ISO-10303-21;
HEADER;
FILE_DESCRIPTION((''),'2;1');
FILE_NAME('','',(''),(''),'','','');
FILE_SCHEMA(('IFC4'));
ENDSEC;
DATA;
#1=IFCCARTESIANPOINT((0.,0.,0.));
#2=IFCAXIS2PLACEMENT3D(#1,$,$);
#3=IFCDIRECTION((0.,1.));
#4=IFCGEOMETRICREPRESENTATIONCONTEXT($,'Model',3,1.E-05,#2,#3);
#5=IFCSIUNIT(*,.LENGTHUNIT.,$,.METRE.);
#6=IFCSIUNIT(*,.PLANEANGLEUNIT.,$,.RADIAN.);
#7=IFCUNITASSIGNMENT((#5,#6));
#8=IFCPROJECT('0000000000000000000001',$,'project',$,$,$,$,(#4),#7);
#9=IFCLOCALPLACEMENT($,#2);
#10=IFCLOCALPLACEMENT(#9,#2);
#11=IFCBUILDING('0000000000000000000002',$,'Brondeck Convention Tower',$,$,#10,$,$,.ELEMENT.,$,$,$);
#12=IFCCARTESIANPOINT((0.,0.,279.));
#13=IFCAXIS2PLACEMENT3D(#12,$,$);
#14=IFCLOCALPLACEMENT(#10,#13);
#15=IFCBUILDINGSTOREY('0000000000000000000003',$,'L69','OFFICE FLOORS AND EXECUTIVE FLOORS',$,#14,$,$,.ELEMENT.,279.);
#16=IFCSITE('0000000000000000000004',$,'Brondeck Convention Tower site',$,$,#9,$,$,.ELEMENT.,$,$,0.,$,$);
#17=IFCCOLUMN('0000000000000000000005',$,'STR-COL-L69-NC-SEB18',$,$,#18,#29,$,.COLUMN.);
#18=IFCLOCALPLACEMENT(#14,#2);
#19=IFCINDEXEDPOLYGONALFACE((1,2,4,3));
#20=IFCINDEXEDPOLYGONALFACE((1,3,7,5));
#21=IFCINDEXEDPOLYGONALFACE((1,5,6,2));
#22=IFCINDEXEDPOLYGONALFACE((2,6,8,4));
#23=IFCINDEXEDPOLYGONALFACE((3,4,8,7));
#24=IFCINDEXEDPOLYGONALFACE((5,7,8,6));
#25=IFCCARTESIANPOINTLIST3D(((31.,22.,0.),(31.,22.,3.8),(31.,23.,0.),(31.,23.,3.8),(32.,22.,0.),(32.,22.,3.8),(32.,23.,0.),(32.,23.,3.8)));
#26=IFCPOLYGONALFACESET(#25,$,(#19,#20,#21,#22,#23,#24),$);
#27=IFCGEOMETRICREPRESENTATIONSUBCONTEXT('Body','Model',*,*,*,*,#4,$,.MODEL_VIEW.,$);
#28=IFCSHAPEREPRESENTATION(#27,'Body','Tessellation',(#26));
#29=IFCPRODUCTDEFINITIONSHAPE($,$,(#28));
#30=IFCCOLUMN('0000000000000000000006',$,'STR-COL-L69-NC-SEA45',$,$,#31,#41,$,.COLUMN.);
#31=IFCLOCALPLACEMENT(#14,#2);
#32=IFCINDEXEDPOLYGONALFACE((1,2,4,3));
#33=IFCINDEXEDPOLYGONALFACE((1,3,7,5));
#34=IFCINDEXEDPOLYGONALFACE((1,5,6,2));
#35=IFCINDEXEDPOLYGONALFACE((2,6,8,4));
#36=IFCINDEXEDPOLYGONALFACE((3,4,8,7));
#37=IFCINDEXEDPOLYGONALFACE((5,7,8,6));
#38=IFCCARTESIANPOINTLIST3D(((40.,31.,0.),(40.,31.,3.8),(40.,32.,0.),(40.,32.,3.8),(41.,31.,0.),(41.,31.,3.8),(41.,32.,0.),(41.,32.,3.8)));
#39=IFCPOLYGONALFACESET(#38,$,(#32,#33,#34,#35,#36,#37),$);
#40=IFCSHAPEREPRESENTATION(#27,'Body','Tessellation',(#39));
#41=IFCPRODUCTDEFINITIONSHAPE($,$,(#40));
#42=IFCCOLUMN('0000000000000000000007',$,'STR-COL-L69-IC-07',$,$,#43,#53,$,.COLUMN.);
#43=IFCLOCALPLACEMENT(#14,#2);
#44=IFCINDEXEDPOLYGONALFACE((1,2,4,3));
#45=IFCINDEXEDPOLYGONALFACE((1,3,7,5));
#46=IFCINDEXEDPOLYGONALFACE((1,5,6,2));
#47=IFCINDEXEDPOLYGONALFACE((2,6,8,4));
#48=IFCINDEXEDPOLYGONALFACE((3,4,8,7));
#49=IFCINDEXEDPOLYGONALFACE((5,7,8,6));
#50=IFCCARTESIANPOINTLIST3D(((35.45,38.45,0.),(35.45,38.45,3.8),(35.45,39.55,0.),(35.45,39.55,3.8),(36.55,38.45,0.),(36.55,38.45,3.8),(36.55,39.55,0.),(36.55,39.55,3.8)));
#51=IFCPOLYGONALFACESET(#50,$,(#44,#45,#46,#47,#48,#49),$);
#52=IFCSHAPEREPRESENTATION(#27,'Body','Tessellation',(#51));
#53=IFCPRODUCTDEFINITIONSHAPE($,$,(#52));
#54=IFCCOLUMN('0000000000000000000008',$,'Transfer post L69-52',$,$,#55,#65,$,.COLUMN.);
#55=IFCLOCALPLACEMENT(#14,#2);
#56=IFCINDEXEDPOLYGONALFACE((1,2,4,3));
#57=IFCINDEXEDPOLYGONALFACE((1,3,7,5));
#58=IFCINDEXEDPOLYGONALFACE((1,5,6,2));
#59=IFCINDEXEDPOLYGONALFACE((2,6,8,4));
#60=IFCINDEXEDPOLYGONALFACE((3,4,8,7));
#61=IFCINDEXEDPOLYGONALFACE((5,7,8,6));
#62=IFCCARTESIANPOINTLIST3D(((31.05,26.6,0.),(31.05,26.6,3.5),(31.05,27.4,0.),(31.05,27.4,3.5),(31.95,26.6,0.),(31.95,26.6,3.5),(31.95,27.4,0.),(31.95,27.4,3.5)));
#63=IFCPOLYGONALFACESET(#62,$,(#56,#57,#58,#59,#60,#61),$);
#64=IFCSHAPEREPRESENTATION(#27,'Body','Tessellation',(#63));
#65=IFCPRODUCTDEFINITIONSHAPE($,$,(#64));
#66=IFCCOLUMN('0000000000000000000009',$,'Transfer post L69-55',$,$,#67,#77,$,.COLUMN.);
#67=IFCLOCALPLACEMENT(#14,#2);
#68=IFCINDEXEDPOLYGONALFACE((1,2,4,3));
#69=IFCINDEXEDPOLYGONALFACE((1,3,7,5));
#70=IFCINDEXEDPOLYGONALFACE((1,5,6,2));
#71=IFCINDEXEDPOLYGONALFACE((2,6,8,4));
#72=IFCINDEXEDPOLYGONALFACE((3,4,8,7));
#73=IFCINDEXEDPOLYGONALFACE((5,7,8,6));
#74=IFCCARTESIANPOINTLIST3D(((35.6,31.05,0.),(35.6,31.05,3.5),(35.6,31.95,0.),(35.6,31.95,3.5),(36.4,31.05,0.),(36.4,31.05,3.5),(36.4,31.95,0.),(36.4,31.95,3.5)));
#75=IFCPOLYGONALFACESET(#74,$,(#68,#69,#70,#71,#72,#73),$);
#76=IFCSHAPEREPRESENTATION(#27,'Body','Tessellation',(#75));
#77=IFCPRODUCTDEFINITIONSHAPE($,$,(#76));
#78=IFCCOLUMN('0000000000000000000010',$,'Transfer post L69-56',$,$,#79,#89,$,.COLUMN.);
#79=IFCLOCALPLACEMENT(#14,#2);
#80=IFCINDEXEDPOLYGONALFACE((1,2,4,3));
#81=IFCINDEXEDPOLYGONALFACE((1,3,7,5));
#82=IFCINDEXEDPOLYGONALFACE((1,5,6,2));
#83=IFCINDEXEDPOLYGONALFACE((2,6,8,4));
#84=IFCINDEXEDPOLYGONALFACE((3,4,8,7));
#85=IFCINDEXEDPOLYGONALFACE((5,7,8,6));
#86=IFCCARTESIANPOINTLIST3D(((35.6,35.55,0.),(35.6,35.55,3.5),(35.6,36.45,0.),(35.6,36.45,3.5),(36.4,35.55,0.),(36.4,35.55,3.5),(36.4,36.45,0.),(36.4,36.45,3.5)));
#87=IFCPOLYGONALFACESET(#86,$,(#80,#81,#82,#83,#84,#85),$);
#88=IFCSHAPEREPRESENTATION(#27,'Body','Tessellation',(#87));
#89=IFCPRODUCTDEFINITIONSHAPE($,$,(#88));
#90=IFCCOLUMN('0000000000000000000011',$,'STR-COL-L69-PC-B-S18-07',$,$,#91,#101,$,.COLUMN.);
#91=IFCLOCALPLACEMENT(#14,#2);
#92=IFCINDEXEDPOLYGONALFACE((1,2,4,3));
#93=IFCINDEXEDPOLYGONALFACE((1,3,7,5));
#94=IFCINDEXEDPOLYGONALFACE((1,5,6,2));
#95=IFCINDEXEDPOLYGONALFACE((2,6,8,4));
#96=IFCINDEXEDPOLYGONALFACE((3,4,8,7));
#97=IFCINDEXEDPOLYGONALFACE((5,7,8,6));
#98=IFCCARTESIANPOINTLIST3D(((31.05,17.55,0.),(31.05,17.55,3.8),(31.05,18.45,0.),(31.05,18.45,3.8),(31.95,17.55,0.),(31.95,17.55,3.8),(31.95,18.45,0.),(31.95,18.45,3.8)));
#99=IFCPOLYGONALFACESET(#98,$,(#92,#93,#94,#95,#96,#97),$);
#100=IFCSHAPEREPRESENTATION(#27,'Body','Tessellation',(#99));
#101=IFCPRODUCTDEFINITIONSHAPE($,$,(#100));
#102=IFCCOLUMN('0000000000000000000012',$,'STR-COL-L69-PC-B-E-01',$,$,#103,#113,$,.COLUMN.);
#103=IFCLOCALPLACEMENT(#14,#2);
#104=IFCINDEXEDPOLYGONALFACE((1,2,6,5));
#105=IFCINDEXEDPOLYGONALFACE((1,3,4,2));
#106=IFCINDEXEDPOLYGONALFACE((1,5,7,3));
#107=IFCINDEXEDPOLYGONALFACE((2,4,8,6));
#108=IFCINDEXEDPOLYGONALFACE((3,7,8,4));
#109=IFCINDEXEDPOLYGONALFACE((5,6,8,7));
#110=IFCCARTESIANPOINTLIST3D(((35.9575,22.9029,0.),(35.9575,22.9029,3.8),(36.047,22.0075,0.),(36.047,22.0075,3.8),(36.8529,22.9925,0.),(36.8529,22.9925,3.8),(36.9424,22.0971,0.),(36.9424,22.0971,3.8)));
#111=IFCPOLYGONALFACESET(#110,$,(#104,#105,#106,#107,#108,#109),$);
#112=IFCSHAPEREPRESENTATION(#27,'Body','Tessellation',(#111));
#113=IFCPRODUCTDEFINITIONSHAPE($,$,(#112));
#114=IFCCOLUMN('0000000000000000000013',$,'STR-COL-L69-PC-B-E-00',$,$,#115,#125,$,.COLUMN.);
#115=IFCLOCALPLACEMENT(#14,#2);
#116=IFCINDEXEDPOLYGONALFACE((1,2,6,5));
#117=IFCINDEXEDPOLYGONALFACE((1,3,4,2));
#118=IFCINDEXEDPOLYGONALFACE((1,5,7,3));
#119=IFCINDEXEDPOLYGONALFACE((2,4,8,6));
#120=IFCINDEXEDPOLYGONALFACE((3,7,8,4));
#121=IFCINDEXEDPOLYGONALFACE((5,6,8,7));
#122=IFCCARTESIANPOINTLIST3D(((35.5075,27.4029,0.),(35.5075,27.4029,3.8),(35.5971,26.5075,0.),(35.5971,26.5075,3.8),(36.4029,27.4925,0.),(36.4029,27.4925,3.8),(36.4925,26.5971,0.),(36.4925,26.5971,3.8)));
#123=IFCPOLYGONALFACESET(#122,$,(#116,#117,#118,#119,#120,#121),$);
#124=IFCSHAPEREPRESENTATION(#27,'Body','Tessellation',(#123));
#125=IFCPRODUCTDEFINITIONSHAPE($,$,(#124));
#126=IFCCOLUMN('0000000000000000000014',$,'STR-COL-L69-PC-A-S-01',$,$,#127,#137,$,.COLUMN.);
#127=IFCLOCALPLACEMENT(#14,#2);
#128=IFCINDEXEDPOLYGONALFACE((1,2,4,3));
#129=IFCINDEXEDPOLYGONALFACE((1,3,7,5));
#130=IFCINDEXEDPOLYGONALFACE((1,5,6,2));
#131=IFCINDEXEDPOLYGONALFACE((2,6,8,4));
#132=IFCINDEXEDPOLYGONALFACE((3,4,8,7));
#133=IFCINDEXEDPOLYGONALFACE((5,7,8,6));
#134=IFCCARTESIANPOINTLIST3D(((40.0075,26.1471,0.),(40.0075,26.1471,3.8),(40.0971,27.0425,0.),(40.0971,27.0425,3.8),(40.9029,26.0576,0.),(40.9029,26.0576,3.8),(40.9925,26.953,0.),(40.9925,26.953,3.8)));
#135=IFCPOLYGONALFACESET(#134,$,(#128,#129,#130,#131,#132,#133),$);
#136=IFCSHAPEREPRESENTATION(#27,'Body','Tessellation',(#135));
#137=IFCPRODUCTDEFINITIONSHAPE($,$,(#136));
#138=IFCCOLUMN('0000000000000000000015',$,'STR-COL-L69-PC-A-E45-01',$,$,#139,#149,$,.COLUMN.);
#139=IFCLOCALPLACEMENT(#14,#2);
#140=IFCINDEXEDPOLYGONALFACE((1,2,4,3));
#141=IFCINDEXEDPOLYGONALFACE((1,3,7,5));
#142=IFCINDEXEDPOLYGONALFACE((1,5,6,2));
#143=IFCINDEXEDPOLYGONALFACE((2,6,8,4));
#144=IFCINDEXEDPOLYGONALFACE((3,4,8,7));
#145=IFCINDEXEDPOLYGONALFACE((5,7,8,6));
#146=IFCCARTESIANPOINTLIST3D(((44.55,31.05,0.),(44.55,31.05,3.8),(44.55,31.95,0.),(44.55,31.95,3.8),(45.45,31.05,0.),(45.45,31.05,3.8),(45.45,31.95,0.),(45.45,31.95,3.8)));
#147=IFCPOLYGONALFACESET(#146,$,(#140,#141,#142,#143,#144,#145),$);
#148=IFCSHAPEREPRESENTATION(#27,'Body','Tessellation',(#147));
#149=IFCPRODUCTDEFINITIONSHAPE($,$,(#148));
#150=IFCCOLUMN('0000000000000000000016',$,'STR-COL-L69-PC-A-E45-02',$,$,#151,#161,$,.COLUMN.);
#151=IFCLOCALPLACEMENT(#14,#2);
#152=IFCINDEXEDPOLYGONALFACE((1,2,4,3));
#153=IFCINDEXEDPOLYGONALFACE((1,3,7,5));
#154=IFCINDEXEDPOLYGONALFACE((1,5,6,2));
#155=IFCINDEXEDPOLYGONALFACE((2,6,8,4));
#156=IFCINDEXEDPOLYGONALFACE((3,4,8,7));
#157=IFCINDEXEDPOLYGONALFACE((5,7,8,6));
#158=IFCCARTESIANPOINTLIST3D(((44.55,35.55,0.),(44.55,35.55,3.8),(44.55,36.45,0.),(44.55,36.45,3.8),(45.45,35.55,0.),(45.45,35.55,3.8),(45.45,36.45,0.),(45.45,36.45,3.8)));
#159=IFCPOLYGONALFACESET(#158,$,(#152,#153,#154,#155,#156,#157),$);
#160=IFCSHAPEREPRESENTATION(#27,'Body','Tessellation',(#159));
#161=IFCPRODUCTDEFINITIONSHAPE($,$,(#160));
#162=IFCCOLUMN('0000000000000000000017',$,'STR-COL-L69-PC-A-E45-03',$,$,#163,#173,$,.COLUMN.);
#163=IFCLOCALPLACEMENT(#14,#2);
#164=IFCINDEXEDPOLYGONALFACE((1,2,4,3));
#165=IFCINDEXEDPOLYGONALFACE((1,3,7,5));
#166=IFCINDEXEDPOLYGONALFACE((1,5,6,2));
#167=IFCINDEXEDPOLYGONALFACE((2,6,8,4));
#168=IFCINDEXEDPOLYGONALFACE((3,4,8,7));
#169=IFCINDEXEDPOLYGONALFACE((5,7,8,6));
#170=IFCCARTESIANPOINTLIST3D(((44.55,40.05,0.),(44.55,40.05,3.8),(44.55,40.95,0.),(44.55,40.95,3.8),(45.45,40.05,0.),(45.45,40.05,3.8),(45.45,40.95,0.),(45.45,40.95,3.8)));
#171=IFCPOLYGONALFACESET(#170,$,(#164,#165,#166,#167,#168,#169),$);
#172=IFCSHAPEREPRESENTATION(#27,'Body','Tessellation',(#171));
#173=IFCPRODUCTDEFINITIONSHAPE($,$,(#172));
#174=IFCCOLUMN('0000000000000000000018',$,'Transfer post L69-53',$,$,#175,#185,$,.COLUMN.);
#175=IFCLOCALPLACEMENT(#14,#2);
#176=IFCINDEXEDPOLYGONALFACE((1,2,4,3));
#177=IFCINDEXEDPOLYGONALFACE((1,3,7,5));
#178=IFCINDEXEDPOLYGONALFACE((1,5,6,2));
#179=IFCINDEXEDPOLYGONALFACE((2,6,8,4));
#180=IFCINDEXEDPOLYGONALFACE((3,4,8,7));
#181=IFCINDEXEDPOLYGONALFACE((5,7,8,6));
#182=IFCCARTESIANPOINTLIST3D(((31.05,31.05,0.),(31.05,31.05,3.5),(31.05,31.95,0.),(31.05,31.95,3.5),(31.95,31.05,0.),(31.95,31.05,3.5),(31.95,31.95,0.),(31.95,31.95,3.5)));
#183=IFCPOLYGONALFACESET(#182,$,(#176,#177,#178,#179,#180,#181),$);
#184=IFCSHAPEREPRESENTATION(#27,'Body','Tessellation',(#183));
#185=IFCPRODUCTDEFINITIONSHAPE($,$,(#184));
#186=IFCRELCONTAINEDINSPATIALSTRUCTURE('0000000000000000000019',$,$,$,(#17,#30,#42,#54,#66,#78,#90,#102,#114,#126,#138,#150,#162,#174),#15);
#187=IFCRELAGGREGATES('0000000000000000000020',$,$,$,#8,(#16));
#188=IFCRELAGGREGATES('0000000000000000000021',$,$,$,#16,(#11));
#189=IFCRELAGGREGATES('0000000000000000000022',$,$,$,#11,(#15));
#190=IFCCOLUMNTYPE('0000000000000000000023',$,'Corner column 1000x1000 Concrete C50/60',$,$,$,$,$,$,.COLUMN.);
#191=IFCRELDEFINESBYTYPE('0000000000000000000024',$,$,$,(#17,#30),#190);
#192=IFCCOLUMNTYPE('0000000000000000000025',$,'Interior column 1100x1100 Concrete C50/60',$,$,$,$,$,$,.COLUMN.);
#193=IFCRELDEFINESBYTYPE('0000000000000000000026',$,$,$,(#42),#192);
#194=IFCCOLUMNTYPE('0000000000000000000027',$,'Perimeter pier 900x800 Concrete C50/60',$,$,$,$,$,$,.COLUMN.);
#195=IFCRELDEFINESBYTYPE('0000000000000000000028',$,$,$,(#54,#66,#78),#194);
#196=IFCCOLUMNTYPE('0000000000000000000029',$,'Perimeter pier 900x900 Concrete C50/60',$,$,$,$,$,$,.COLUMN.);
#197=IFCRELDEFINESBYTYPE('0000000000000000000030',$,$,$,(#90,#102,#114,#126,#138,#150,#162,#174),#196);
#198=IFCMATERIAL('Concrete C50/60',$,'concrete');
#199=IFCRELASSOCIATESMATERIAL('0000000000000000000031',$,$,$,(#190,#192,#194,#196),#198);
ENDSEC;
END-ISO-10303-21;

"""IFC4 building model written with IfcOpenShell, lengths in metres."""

from ifc_helpers import new_model, si_unit, direction, frame, origin, origin_2d, place, context, subcontext, project, spatial, rectangle, extrude, material, material_profile, profile_set, type_object, element, save


model = new_model("IFC4")

# Units and contexts
model_context = context("Model", 3, precision=1e-05, world=origin(), true_north=direction((0.0, 1.0)))
body_context = subcontext(model_context, "Body", "Model", "MODEL_VIEW")
ifc_project = project(units=[si_unit("LENGTHUNIT", "METRE"), si_unit("PLANEANGLEUNIT", "RADIAN")], contexts=[model_context])

# Site, building, storey
site_placement = place(None, origin())
site = spatial("IfcSite", under=ifc_project, at=site_placement, Name="Brondeck Convention Tower site", CompositionType="ELEMENT", RefElevation=0.0)
building_placement = place(site_placement, origin())
building = spatial("IfcBuilding", under=site, at=building_placement, Name="Brondeck Convention Tower", CompositionType="ELEMENT")
storey_placement = place(building_placement, frame((0.0, 0.0, 279.0)))
storey = spatial("IfcBuildingStorey", under=building, at=storey_placement, Name="L69", Description="OFFICE FLOORS AND EXECUTIVE FLOORS", CompositionType="ELEMENT", Elevation=279.0)

# Columns
ifc_material_1 = material(Name="Concrete C50/60", Category="concrete")
ifc_material_profile_1 = material_profile(ifc_material_1, rectangle(XDim=1.0, YDim=1.0, at=origin_2d()), Name="Corner column 1000x1000 Concrete C50/60")
ifc_profile_set_1 = profile_set([ifc_material_profile_1], Name="Concrete C50/60")
column_type_1 = type_object("IfcColumnType", Name="Corner column 1000x1000 Concrete C50/60", PredefinedType="COLUMN", material=ifc_profile_set_1)
for number, where, z_axis, x_axis, name in (
    (1, (31.5, 22.5, 0.0), (0.0, 0.0, 1.0), (1.0, 0.0, 0.0), "STR-COL-L69-NC-SEB18"),
    (2, (40.5, 31.5, 0.0), (0.0, 0.0, 1.0), (1.0, 0.0, 0.0), "STR-COL-L69-NC-SEA45"),
):
    element("IfcColumn", number, at=place(storey_placement, frame(where, z_axis=z_axis, x_axis=x_axis)), inside=storey, type_object=column_type_1, Name=name, PredefinedType="COLUMN", context=body_context, shape_type="SweptSolid", body=[
        extrude(rectangle(XDim=1.0, YDim=1.0, at=origin_2d()), origin(), (0.0, 0.0, 1.0), 3.8),
    ])
ifc_material_profile_2 = material_profile(ifc_material_1, rectangle(XDim=1.1001, YDim=1.1001, at=origin_2d()), Name="Interior column 1100x1100 Concrete C50/60")
ifc_profile_set_2 = profile_set([ifc_material_profile_2], Name="Concrete C50/60")
column_type_2 = type_object("IfcColumnType", Name="Interior column 1100x1100 Concrete C50/60", PredefinedType="COLUMN", material=ifc_profile_set_2)
column_1_placement = place(storey_placement, frame((36.0, 39.0, 0.0), z_axis=(0.0, 0.0, 1.0), x_axis=(1.0, 0.0, 0.0)))
element("IfcColumn", 3, at=column_1_placement, inside=storey, type_object=column_type_2, Name="STR-COL-L69-IC-07", PredefinedType="COLUMN", context=body_context, shape_type="SweptSolid", body=[
    extrude(rectangle(XDim=1.1001, YDim=1.1001, at=origin_2d()), origin(), (0.0, 0.0, 1.0), 3.8),
])
ifc_material_profile_3 = material_profile(ifc_material_1, rectangle(XDim=0.8999, YDim=0.8, at=origin_2d()), Name="Perimeter pier 900x800 Concrete C50/60")
ifc_profile_set_3 = profile_set([ifc_material_profile_3], Name="Concrete C50/60")
column_type_3 = type_object("IfcColumnType", Name="Perimeter pier 900x800 Concrete C50/60", PredefinedType="COLUMN", material=ifc_profile_set_3)
for number, where, z_axis, x_axis, name in (
    (4, (31.5, 27.0, 0.0), (0.0, 0.0, 1.0), (1.0, 0.0, 0.0), "Transfer post L69-52"),
    (5, (36.0, 31.5, 0.0), (0.0, 0.0, 1.0), (0.0, 1.0, 0.0), "Transfer post L69-55"),
    (6, (36.0, 36.0, 0.0), (0.0, 0.0, 1.0), (0.0, 1.0, 0.0), "Transfer post L69-56"),
):
    element("IfcColumn", number, at=place(storey_placement, frame(where, z_axis=z_axis, x_axis=x_axis)), inside=storey, type_object=column_type_3, Name=name, PredefinedType="COLUMN", context=body_context, shape_type="SweptSolid", body=[
        extrude(rectangle(XDim=0.8999, YDim=0.8, at=origin_2d()), origin(), (0.0, 0.0, 1.0), 3.5),
    ])
ifc_material_profile_4 = material_profile(ifc_material_1, rectangle(XDim=0.8999, YDim=0.8999, at=origin_2d()), Name="Perimeter pier 900x900 Concrete C50/60")
ifc_profile_set_4 = profile_set([ifc_material_profile_4], Name="Concrete C50/60")
column_type_4 = type_object("IfcColumnType", Name="Perimeter pier 900x900 Concrete C50/60", PredefinedType="COLUMN", material=ifc_profile_set_4)
for number, where, z_axis, x_axis, name in (
    (7, (31.5, 18.0, 0.0), (0.0, 0.0, 1.0), (1.0, 0.0, 0.0), "STR-COL-L69-PC-B-S18-07"),
    (8, (36.45, 22.5, 0.0), (0.0, 0.0, 1.0), (-0.099504, 0.995037, 0.0), "STR-COL-L69-PC-B-E-01"),
    (9, (36.0, 27.0, 0.0), (0.0, 0.0, 1.0), (-0.099504, 0.995037, 0.0), "STR-COL-L69-PC-B-E-00"),
    (10, (40.5, 26.55, 0.0), (0.0, 0.0, 1.0), (0.995037, -0.099504, 0.0), "STR-COL-L69-PC-A-S-01"),
    (11, (45.0, 31.5, 0.0), (0.0, 0.0, 1.0), (0.0, 1.0, 0.0), "STR-COL-L69-PC-A-E45-01"),
    (12, (45.0, 36.0, 0.0), (0.0, 0.0, 1.0), (0.0, 1.0, 0.0), "STR-COL-L69-PC-A-E45-02"),
    (13, (45.0, 40.5, 0.0), (0.0, 0.0, 1.0), (0.0, 1.0, 0.0), "STR-COL-L69-PC-A-E45-03"),
):
    element("IfcColumn", number, at=place(storey_placement, frame(where, z_axis=z_axis, x_axis=x_axis)), inside=storey, type_object=column_type_4, Name=name, PredefinedType="COLUMN", context=body_context, shape_type="SweptSolid", body=[
        extrude(rectangle(XDim=0.8999, YDim=0.8999, at=origin_2d()), origin(), (0.0, 0.0, 1.0), 3.8),
    ])
column_2_placement = place(storey_placement, frame((31.5, 31.5, 0.0), z_axis=(0.0, 0.0, 1.0), x_axis=(1.0, 0.0, 0.0)))
element("IfcColumn", 14, at=column_2_placement, inside=storey, type_object=column_type_4, Name="Transfer post L69-53", PredefinedType="COLUMN", context=body_context, shape_type="SweptSolid", body=[
    extrude(rectangle(XDim=0.8999, YDim=0.8999, at=origin_2d()), origin(), (0.0, 0.0, 1.0), 3.5),
])

save(model, "model.ifc")
